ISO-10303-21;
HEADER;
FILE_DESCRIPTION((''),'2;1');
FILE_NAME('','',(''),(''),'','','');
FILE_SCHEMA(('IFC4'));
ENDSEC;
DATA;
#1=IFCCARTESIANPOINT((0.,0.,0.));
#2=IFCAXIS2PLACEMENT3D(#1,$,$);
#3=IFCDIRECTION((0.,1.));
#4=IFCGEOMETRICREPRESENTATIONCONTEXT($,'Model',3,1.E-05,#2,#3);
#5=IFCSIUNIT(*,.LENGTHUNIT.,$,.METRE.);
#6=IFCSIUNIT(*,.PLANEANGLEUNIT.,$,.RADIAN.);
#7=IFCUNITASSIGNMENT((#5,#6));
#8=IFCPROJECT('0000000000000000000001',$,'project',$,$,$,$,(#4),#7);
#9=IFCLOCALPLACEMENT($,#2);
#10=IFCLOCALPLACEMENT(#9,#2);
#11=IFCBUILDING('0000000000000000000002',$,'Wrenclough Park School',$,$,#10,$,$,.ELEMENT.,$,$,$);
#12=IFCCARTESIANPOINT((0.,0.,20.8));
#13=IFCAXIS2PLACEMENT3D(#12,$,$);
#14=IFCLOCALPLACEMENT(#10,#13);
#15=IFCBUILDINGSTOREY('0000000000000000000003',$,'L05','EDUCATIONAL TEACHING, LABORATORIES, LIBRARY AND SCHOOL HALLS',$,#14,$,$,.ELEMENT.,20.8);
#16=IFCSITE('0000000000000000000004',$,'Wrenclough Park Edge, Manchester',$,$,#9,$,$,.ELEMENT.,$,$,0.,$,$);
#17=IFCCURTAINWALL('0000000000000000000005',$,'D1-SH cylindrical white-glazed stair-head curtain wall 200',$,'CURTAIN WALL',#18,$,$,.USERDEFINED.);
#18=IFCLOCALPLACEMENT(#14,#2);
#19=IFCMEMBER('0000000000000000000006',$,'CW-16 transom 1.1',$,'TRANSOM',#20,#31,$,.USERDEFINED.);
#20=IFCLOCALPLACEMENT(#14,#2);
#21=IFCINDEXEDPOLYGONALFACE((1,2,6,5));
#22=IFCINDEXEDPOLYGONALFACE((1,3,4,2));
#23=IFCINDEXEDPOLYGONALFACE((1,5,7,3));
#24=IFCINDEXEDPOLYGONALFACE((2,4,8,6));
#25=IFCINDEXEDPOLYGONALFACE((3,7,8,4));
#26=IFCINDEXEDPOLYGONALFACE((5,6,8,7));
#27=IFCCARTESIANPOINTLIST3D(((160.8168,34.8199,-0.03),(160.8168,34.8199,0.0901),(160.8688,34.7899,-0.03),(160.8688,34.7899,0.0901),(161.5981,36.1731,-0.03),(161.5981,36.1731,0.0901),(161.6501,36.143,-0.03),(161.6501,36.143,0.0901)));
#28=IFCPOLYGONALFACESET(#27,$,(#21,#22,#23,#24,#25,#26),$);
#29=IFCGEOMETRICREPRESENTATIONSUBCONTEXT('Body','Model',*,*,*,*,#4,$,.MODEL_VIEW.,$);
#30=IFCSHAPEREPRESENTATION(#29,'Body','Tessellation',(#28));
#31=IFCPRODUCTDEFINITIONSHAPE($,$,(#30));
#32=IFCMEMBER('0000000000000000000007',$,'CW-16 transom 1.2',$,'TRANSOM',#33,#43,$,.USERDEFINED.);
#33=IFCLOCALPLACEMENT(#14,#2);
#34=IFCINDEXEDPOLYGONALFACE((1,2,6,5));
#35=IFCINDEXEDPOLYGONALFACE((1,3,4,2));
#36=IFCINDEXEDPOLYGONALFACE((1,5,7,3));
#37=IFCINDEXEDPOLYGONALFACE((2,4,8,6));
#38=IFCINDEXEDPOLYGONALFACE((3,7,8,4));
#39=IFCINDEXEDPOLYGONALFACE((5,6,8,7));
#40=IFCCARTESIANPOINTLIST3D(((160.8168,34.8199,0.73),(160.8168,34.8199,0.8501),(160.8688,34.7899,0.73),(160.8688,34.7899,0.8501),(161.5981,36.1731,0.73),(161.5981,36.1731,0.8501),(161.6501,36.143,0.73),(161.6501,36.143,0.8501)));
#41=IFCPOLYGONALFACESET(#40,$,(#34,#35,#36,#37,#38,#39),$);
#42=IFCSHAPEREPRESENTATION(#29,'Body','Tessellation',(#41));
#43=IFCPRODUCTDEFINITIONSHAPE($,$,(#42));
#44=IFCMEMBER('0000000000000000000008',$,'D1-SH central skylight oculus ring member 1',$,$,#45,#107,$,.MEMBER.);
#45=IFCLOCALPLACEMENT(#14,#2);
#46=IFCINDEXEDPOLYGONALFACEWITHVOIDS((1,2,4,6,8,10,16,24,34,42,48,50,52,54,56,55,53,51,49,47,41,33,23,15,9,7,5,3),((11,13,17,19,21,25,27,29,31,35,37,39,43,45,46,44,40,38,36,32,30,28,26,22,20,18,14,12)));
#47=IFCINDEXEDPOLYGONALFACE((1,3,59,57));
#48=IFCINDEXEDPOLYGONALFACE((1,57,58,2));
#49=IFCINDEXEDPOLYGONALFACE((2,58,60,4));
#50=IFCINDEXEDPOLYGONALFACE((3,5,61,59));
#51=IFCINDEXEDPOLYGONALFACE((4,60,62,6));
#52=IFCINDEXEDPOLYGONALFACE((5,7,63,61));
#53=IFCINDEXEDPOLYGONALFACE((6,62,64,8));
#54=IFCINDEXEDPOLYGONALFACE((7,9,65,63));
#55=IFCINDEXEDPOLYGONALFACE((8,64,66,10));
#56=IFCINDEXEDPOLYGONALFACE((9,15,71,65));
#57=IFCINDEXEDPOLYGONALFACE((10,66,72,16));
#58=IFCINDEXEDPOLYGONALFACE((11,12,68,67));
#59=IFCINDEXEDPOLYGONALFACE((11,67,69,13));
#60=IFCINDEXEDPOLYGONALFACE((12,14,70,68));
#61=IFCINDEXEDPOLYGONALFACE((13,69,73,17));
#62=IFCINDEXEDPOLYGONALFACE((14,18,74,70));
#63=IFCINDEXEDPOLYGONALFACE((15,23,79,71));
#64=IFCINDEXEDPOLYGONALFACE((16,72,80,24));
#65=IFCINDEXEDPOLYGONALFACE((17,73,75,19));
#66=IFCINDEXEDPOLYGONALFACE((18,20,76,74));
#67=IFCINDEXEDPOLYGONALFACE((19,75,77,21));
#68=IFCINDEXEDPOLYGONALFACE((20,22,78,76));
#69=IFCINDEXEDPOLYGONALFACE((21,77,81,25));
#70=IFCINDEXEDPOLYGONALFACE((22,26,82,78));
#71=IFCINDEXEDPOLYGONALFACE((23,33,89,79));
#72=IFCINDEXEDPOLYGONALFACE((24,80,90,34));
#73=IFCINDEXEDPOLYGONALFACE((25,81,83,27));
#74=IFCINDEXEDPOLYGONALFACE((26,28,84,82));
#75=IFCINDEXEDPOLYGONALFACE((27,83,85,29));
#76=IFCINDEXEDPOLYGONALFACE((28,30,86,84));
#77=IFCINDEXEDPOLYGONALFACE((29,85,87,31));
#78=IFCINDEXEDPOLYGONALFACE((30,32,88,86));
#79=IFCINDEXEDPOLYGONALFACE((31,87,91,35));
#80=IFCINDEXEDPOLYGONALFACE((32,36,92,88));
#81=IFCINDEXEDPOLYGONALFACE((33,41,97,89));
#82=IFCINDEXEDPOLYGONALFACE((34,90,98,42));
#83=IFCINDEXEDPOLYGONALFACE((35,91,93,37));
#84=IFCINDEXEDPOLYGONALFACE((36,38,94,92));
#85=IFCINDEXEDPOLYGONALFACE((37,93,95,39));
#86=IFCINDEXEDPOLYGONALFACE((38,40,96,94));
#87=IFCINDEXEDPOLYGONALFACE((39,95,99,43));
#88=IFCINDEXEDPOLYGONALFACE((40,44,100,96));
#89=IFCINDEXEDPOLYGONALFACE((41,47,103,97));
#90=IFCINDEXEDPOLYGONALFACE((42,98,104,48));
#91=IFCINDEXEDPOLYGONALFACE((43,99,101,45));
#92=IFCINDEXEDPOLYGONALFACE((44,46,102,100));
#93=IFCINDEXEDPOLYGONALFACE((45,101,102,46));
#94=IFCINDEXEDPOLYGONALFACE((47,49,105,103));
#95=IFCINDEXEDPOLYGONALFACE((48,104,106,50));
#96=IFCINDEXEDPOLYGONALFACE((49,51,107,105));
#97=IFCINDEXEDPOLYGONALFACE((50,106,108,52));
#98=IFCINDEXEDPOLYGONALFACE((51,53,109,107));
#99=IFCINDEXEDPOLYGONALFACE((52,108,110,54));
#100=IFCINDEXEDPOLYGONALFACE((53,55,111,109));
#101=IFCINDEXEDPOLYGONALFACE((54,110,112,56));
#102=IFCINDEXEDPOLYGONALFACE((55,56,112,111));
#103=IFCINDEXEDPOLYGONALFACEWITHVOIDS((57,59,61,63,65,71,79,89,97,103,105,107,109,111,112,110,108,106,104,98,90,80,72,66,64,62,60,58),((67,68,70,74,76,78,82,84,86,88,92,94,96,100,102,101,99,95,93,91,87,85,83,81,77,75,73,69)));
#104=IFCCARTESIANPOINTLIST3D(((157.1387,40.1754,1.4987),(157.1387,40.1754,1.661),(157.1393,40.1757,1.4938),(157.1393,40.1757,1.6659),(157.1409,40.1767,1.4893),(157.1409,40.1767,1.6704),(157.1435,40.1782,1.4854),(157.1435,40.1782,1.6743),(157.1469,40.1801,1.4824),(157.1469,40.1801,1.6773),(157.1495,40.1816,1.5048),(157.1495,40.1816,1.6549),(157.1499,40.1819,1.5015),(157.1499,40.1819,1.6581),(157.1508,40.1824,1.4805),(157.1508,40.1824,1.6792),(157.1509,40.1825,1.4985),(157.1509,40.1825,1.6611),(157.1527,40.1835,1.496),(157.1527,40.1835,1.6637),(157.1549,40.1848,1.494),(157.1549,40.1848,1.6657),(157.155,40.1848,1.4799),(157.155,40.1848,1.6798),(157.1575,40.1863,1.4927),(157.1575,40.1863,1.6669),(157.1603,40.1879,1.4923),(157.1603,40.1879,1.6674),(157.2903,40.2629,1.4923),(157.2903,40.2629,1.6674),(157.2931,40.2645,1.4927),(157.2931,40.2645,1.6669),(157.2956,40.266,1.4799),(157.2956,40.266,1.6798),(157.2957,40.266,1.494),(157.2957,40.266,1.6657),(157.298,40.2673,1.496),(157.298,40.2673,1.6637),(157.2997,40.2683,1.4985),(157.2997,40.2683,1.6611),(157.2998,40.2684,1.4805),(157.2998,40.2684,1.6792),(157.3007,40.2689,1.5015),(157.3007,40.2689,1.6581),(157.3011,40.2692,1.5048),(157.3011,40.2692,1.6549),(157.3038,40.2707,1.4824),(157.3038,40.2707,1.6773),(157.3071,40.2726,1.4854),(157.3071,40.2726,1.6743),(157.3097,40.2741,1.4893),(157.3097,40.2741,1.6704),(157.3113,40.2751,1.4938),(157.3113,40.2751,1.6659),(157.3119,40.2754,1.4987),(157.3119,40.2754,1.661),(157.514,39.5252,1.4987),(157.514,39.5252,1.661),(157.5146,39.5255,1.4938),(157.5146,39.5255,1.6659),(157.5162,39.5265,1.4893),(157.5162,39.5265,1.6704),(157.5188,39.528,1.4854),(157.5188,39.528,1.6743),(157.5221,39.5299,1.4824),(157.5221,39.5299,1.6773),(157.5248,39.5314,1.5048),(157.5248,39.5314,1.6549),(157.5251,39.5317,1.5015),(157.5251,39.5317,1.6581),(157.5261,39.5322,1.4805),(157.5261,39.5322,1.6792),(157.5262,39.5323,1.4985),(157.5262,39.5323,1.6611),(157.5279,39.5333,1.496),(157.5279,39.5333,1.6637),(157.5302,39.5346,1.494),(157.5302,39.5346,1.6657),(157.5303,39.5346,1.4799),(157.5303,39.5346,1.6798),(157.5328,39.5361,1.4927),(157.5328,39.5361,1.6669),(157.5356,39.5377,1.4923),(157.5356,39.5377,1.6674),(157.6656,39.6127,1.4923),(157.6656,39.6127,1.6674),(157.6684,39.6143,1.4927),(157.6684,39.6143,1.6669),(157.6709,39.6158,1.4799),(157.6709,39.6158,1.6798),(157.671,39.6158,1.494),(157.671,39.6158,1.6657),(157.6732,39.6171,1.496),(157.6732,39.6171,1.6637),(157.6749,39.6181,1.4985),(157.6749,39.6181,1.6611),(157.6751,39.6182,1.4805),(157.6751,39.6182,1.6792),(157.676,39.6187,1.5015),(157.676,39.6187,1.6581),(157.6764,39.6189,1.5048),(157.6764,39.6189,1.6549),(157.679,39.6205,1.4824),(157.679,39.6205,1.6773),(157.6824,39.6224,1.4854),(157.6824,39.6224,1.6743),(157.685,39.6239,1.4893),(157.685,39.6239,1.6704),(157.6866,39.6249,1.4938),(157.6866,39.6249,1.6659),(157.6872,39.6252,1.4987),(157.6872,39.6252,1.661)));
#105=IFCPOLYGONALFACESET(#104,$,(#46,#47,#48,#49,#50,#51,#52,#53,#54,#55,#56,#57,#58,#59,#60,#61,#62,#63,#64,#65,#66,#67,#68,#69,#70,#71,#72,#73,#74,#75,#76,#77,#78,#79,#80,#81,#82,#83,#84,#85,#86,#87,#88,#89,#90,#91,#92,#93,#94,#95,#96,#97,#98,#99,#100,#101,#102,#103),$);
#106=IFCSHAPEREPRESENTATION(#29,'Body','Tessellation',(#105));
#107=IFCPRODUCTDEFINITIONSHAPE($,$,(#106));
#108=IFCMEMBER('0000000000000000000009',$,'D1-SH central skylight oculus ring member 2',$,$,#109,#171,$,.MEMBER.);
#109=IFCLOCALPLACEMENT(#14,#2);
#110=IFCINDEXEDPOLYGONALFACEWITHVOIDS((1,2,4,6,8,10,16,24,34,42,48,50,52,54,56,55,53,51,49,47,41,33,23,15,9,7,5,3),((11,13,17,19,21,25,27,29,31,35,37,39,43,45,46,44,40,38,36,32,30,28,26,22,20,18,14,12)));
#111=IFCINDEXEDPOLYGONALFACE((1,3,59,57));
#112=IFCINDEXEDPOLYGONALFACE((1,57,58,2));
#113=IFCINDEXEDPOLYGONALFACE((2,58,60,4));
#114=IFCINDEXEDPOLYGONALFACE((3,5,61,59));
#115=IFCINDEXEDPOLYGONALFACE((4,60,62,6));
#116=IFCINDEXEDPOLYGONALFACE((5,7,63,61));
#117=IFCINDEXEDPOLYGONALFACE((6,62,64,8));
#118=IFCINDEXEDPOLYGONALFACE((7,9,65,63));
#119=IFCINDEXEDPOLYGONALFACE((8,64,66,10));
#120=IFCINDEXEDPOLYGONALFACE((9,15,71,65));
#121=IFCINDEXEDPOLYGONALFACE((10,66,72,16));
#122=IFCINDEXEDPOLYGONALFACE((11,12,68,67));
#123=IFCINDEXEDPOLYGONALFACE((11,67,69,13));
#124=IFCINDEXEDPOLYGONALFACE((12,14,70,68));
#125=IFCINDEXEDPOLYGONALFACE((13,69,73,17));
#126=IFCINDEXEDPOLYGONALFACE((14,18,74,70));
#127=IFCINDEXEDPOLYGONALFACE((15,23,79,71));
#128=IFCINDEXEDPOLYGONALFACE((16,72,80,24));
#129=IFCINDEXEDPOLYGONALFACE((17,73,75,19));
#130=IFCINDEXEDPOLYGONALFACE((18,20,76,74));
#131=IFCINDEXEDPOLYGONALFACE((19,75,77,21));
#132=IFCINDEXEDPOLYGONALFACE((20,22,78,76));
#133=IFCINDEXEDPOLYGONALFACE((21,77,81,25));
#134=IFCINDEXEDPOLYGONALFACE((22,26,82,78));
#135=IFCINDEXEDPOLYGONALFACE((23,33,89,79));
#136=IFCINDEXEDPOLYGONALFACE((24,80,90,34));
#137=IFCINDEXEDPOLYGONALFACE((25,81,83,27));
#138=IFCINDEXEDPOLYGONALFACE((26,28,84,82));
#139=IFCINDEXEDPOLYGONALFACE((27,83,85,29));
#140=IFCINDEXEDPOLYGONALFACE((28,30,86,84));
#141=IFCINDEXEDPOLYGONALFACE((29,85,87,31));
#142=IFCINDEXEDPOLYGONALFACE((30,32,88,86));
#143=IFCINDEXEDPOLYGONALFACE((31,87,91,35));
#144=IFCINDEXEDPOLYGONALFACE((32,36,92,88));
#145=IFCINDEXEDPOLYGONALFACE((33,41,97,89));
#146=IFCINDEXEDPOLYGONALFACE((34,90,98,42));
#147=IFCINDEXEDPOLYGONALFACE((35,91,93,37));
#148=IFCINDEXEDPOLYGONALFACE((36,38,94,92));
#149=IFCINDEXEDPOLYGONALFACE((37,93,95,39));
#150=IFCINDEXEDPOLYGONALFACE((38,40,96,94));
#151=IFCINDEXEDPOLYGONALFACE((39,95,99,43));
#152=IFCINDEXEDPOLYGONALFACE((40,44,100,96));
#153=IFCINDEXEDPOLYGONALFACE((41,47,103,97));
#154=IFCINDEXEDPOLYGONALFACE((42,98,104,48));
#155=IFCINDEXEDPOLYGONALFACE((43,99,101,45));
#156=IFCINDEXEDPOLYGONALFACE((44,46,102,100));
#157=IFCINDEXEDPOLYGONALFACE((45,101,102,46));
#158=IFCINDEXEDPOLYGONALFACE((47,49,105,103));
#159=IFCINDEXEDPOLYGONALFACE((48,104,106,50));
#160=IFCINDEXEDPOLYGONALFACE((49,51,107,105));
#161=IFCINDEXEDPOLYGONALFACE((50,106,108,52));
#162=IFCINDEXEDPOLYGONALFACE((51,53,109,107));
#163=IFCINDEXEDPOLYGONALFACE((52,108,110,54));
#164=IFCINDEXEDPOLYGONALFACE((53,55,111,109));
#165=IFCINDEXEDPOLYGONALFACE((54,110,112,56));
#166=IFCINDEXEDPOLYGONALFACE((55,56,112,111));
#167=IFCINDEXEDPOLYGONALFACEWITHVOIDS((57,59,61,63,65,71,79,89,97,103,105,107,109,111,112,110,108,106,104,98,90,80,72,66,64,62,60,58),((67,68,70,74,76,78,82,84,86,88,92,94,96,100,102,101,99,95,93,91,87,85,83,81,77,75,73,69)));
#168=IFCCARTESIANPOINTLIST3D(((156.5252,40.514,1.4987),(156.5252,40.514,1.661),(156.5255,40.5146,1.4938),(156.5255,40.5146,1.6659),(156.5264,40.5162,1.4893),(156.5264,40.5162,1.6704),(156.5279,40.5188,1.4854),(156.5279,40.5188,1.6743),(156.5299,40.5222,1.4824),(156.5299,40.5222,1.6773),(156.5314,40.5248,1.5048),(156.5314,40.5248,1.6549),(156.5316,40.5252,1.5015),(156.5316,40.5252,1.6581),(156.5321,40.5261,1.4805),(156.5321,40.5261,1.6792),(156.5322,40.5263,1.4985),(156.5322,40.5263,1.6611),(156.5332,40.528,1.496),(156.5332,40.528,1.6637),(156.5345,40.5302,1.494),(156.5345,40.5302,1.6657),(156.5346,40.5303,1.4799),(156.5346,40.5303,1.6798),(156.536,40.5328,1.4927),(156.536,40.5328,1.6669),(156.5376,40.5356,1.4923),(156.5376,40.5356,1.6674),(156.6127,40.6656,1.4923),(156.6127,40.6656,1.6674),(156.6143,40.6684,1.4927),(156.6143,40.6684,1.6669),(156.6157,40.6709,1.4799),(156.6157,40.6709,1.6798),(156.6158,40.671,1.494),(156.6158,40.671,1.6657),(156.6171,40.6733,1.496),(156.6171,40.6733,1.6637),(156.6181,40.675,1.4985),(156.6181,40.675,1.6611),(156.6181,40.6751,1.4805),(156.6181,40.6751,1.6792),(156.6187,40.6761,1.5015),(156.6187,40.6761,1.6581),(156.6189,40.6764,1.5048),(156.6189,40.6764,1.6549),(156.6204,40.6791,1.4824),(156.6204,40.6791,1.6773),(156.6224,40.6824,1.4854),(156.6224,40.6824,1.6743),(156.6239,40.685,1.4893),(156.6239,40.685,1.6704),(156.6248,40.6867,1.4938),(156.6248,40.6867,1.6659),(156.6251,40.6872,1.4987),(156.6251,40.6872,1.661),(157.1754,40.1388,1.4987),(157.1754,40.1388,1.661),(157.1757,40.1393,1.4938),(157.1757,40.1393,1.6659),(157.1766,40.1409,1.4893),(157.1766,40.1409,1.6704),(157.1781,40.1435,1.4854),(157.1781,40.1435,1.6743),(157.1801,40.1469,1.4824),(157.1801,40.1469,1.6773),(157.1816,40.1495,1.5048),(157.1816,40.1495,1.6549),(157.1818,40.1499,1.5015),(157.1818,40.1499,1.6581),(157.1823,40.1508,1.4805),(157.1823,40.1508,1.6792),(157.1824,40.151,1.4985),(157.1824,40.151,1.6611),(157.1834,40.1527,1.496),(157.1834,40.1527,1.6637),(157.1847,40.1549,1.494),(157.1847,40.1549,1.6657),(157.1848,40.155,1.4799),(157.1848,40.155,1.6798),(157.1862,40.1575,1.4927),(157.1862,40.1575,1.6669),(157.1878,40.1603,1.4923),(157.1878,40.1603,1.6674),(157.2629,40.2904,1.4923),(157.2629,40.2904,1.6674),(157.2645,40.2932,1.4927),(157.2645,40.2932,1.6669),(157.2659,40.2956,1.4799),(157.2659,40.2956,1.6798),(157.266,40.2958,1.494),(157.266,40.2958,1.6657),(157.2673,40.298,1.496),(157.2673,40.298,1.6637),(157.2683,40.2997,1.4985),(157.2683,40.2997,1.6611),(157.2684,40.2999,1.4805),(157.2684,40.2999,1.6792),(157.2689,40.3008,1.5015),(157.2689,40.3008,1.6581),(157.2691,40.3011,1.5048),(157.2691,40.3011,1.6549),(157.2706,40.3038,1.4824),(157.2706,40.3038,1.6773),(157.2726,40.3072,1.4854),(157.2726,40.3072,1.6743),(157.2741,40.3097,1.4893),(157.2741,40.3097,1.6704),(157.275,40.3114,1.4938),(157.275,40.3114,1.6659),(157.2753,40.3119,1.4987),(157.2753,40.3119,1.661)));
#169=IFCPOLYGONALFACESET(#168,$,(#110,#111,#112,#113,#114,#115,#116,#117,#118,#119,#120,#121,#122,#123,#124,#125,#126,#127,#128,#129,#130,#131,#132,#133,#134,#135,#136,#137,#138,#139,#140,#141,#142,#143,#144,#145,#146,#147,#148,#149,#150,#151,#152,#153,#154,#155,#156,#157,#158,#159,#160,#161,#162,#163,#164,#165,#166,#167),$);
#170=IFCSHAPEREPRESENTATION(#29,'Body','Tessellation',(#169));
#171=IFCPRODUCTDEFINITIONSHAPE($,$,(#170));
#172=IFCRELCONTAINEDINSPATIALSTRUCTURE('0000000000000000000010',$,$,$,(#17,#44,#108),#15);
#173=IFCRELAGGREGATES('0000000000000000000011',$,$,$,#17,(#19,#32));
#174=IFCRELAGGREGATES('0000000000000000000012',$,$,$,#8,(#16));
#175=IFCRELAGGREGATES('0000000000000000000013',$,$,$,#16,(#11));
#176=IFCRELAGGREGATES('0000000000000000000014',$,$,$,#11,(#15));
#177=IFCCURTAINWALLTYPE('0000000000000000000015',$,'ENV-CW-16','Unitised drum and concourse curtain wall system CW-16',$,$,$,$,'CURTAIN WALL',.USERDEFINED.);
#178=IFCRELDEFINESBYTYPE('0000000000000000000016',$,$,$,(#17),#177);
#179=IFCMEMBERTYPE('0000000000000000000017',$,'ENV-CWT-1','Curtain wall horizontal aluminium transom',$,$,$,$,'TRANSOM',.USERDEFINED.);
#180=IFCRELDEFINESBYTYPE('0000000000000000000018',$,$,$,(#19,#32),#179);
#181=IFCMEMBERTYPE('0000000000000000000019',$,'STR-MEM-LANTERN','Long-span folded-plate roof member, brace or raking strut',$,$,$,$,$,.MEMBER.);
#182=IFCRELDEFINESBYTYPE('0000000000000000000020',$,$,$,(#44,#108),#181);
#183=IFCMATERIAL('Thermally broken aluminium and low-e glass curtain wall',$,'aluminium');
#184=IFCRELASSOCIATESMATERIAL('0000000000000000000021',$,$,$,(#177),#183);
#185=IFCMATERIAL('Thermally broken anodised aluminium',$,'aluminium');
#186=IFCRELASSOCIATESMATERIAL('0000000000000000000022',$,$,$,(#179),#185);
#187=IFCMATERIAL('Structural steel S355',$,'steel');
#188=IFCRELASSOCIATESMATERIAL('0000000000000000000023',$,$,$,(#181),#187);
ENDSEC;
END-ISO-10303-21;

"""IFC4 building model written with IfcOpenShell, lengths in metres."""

from ifc_helpers import new_model, si_unit, direction, frame, origin, origin_2d, place, context, subcontext, project, spatial, rectangle, hollow_rectangle, extrude, material, material_profile, profile_set, type_object, element, aggregate, save


model = new_model("IFC4")

# Units and contexts
model_context = context("Model", 3, precision=1e-05, world=origin(), true_north=direction((0.0, 1.0)))
body_context = subcontext(model_context, "Body", "Model", "MODEL_VIEW")
ifc_project = project(units=[si_unit("LENGTHUNIT", "METRE"), si_unit("PLANEANGLEUNIT", "RADIAN")], contexts=[model_context])

# Site, building, storey
site_placement = place(None, origin())
site = spatial("IfcSite", under=ifc_project, at=site_placement, Name="Wrenclough Park Edge, Manchester", CompositionType="ELEMENT", RefElevation=0.0)
building_placement = place(site_placement, origin())
building = spatial("IfcBuilding", under=site, at=building_placement, Name="Wrenclough Park School", CompositionType="ELEMENT")
storey_placement = place(building_placement, frame((0.0, 0.0, 20.8)))
storey = spatial("IfcBuildingStorey", under=building, at=storey_placement, Name="L05", Description="EDUCATIONAL TEACHING, LABORATORIES, LIBRARY AND SCHOOL HALLS", CompositionType="ELEMENT", Elevation=20.8)

# Shared definitions
ifc_material_1 = material(Name="Structural steel S355", Category="steel")

# Shared definitions
ifc_material_2 = material(Name="Thermally broken aluminium and low-e glass curtain wall", Category="aluminium")
curtain_wall_type = type_object("IfcCurtainWallType", Name="ENV-CW-16", Description="Unitised drum and concourse curtain wall system CW-16", ElementType="CURTAIN WALL", PredefinedType="USERDEFINED", material=ifc_material_2)
ifc_material_3 = material(Name="Thermally broken anodised aluminium", Category="aluminium")

# Curtain wall
curtain_wall_1_placement = place(storey_placement, origin())
curtain_wall_1 = element("IfcCurtainWall", 1, at=curtain_wall_1_placement, inside=storey, type_object=curtain_wall_type, Name="D1-SH cylindrical white-glazed stair-head curtain wall 200", ObjectType="CURTAIN WALL", PredefinedType="USERDEFINED")

# Members
ifc_material_profile_1 = material_profile(ifc_material_3, rectangle(XDim=0.0601, YDim=0.1201, at=origin_2d()), Name="AL TRANSOM 60x120")
ifc_profile_set_1 = profile_set([ifc_material_profile_1], Name="Thermally broken anodised aluminium")
member_type_1 = type_object("IfcMemberType", Name="ENV-CWT-1", Description="Curtain wall horizontal aluminium transom", ElementType="TRANSOM", PredefinedType="USERDEFINED", material=ifc_profile_set_1)
member_1_placement = place(storey_placement, frame((160.8428, 34.8049, 0.03), z_axis=(0.500038, 0.866003, 0.0), x_axis=(-0.866003, 0.500038, 0.0)))
member_1 = element("IfcMember", 2, at=member_1_placement, type_object=member_type_1, Name="CW-16 transom 1.1", ObjectType="TRANSOM", PredefinedType="USERDEFINED", context=body_context, shape_type="SweptSolid", body=[
    extrude(rectangle(XDim=0.0601, YDim=0.1201, at=origin_2d()), origin(), (0.0, 0.0, 1.0), 1.5625),
])
member_2_placement = place(storey_placement, frame((160.8428, 34.8049, 0.79), z_axis=(0.500038, 0.866003, 0.0), x_axis=(-0.866003, 0.500038, 0.0)))
member_2 = element("IfcMember", 3, at=member_2_placement, type_object=member_type_1, Name="CW-16 transom 1.2", ObjectType="TRANSOM", PredefinedType="USERDEFINED", context=body_context, shape_type="SweptSolid", body=[
    extrude(rectangle(XDim=0.0601, YDim=0.1201, at=origin_2d()), origin(), (0.0, 0.0, 1.0), 1.5625),
])

# Members
ifc_material_profile_2 = material_profile(ifc_material_1, hollow_rectangle(XDim=0.2, YDim=0.2, WallThickness=0.0125, InnerFilletRadius=0.0125, OuterFilletRadius=0.0188, at=origin_2d()), Name="SHS 200x200x12.5")
ifc_profile_set_2 = profile_set([ifc_material_profile_2], Name="Structural steel S355")
member_type_2 = type_object("IfcMemberType", Name="STR-MEM-LANTERN", Description="Long-span folded-plate roof member, brace or raking strut", PredefinedType="MEMBER", material=ifc_profile_set_2)
for number, where, z_axis, x_axis, name in (
    (4, (157.6006, 39.5752, 1.5798), (-0.499882, 0.866094, 0.0), (-0.866094, -0.499882, 0.0), "D1-SH central skylight oculus ring member 1"),
    (5, (157.2253, 40.2253, 1.5798), (-0.866094, 0.499882, 0.0), (-0.499882, -0.866094, 0.0), "D1-SH central skylight oculus ring member 2"),
):
    element("IfcMember", number, at=place(storey_placement, frame(where, z_axis=z_axis, x_axis=x_axis)), inside=storey, type_object=member_type_2, Name=name, PredefinedType="MEMBER", context=body_context, shape_type="SweptSolid", body=[
        extrude(hollow_rectangle(XDim=0.2, YDim=0.2, WallThickness=0.0125, InnerFilletRadius=0.0125, OuterFilletRadius=0.0188, at=origin_2d()), origin(), (0.0, 0.0, 1.0), 0.7507),
    ])

aggregate(curtain_wall_1, [member_1, member_2])

save(model, "model.ifc")
